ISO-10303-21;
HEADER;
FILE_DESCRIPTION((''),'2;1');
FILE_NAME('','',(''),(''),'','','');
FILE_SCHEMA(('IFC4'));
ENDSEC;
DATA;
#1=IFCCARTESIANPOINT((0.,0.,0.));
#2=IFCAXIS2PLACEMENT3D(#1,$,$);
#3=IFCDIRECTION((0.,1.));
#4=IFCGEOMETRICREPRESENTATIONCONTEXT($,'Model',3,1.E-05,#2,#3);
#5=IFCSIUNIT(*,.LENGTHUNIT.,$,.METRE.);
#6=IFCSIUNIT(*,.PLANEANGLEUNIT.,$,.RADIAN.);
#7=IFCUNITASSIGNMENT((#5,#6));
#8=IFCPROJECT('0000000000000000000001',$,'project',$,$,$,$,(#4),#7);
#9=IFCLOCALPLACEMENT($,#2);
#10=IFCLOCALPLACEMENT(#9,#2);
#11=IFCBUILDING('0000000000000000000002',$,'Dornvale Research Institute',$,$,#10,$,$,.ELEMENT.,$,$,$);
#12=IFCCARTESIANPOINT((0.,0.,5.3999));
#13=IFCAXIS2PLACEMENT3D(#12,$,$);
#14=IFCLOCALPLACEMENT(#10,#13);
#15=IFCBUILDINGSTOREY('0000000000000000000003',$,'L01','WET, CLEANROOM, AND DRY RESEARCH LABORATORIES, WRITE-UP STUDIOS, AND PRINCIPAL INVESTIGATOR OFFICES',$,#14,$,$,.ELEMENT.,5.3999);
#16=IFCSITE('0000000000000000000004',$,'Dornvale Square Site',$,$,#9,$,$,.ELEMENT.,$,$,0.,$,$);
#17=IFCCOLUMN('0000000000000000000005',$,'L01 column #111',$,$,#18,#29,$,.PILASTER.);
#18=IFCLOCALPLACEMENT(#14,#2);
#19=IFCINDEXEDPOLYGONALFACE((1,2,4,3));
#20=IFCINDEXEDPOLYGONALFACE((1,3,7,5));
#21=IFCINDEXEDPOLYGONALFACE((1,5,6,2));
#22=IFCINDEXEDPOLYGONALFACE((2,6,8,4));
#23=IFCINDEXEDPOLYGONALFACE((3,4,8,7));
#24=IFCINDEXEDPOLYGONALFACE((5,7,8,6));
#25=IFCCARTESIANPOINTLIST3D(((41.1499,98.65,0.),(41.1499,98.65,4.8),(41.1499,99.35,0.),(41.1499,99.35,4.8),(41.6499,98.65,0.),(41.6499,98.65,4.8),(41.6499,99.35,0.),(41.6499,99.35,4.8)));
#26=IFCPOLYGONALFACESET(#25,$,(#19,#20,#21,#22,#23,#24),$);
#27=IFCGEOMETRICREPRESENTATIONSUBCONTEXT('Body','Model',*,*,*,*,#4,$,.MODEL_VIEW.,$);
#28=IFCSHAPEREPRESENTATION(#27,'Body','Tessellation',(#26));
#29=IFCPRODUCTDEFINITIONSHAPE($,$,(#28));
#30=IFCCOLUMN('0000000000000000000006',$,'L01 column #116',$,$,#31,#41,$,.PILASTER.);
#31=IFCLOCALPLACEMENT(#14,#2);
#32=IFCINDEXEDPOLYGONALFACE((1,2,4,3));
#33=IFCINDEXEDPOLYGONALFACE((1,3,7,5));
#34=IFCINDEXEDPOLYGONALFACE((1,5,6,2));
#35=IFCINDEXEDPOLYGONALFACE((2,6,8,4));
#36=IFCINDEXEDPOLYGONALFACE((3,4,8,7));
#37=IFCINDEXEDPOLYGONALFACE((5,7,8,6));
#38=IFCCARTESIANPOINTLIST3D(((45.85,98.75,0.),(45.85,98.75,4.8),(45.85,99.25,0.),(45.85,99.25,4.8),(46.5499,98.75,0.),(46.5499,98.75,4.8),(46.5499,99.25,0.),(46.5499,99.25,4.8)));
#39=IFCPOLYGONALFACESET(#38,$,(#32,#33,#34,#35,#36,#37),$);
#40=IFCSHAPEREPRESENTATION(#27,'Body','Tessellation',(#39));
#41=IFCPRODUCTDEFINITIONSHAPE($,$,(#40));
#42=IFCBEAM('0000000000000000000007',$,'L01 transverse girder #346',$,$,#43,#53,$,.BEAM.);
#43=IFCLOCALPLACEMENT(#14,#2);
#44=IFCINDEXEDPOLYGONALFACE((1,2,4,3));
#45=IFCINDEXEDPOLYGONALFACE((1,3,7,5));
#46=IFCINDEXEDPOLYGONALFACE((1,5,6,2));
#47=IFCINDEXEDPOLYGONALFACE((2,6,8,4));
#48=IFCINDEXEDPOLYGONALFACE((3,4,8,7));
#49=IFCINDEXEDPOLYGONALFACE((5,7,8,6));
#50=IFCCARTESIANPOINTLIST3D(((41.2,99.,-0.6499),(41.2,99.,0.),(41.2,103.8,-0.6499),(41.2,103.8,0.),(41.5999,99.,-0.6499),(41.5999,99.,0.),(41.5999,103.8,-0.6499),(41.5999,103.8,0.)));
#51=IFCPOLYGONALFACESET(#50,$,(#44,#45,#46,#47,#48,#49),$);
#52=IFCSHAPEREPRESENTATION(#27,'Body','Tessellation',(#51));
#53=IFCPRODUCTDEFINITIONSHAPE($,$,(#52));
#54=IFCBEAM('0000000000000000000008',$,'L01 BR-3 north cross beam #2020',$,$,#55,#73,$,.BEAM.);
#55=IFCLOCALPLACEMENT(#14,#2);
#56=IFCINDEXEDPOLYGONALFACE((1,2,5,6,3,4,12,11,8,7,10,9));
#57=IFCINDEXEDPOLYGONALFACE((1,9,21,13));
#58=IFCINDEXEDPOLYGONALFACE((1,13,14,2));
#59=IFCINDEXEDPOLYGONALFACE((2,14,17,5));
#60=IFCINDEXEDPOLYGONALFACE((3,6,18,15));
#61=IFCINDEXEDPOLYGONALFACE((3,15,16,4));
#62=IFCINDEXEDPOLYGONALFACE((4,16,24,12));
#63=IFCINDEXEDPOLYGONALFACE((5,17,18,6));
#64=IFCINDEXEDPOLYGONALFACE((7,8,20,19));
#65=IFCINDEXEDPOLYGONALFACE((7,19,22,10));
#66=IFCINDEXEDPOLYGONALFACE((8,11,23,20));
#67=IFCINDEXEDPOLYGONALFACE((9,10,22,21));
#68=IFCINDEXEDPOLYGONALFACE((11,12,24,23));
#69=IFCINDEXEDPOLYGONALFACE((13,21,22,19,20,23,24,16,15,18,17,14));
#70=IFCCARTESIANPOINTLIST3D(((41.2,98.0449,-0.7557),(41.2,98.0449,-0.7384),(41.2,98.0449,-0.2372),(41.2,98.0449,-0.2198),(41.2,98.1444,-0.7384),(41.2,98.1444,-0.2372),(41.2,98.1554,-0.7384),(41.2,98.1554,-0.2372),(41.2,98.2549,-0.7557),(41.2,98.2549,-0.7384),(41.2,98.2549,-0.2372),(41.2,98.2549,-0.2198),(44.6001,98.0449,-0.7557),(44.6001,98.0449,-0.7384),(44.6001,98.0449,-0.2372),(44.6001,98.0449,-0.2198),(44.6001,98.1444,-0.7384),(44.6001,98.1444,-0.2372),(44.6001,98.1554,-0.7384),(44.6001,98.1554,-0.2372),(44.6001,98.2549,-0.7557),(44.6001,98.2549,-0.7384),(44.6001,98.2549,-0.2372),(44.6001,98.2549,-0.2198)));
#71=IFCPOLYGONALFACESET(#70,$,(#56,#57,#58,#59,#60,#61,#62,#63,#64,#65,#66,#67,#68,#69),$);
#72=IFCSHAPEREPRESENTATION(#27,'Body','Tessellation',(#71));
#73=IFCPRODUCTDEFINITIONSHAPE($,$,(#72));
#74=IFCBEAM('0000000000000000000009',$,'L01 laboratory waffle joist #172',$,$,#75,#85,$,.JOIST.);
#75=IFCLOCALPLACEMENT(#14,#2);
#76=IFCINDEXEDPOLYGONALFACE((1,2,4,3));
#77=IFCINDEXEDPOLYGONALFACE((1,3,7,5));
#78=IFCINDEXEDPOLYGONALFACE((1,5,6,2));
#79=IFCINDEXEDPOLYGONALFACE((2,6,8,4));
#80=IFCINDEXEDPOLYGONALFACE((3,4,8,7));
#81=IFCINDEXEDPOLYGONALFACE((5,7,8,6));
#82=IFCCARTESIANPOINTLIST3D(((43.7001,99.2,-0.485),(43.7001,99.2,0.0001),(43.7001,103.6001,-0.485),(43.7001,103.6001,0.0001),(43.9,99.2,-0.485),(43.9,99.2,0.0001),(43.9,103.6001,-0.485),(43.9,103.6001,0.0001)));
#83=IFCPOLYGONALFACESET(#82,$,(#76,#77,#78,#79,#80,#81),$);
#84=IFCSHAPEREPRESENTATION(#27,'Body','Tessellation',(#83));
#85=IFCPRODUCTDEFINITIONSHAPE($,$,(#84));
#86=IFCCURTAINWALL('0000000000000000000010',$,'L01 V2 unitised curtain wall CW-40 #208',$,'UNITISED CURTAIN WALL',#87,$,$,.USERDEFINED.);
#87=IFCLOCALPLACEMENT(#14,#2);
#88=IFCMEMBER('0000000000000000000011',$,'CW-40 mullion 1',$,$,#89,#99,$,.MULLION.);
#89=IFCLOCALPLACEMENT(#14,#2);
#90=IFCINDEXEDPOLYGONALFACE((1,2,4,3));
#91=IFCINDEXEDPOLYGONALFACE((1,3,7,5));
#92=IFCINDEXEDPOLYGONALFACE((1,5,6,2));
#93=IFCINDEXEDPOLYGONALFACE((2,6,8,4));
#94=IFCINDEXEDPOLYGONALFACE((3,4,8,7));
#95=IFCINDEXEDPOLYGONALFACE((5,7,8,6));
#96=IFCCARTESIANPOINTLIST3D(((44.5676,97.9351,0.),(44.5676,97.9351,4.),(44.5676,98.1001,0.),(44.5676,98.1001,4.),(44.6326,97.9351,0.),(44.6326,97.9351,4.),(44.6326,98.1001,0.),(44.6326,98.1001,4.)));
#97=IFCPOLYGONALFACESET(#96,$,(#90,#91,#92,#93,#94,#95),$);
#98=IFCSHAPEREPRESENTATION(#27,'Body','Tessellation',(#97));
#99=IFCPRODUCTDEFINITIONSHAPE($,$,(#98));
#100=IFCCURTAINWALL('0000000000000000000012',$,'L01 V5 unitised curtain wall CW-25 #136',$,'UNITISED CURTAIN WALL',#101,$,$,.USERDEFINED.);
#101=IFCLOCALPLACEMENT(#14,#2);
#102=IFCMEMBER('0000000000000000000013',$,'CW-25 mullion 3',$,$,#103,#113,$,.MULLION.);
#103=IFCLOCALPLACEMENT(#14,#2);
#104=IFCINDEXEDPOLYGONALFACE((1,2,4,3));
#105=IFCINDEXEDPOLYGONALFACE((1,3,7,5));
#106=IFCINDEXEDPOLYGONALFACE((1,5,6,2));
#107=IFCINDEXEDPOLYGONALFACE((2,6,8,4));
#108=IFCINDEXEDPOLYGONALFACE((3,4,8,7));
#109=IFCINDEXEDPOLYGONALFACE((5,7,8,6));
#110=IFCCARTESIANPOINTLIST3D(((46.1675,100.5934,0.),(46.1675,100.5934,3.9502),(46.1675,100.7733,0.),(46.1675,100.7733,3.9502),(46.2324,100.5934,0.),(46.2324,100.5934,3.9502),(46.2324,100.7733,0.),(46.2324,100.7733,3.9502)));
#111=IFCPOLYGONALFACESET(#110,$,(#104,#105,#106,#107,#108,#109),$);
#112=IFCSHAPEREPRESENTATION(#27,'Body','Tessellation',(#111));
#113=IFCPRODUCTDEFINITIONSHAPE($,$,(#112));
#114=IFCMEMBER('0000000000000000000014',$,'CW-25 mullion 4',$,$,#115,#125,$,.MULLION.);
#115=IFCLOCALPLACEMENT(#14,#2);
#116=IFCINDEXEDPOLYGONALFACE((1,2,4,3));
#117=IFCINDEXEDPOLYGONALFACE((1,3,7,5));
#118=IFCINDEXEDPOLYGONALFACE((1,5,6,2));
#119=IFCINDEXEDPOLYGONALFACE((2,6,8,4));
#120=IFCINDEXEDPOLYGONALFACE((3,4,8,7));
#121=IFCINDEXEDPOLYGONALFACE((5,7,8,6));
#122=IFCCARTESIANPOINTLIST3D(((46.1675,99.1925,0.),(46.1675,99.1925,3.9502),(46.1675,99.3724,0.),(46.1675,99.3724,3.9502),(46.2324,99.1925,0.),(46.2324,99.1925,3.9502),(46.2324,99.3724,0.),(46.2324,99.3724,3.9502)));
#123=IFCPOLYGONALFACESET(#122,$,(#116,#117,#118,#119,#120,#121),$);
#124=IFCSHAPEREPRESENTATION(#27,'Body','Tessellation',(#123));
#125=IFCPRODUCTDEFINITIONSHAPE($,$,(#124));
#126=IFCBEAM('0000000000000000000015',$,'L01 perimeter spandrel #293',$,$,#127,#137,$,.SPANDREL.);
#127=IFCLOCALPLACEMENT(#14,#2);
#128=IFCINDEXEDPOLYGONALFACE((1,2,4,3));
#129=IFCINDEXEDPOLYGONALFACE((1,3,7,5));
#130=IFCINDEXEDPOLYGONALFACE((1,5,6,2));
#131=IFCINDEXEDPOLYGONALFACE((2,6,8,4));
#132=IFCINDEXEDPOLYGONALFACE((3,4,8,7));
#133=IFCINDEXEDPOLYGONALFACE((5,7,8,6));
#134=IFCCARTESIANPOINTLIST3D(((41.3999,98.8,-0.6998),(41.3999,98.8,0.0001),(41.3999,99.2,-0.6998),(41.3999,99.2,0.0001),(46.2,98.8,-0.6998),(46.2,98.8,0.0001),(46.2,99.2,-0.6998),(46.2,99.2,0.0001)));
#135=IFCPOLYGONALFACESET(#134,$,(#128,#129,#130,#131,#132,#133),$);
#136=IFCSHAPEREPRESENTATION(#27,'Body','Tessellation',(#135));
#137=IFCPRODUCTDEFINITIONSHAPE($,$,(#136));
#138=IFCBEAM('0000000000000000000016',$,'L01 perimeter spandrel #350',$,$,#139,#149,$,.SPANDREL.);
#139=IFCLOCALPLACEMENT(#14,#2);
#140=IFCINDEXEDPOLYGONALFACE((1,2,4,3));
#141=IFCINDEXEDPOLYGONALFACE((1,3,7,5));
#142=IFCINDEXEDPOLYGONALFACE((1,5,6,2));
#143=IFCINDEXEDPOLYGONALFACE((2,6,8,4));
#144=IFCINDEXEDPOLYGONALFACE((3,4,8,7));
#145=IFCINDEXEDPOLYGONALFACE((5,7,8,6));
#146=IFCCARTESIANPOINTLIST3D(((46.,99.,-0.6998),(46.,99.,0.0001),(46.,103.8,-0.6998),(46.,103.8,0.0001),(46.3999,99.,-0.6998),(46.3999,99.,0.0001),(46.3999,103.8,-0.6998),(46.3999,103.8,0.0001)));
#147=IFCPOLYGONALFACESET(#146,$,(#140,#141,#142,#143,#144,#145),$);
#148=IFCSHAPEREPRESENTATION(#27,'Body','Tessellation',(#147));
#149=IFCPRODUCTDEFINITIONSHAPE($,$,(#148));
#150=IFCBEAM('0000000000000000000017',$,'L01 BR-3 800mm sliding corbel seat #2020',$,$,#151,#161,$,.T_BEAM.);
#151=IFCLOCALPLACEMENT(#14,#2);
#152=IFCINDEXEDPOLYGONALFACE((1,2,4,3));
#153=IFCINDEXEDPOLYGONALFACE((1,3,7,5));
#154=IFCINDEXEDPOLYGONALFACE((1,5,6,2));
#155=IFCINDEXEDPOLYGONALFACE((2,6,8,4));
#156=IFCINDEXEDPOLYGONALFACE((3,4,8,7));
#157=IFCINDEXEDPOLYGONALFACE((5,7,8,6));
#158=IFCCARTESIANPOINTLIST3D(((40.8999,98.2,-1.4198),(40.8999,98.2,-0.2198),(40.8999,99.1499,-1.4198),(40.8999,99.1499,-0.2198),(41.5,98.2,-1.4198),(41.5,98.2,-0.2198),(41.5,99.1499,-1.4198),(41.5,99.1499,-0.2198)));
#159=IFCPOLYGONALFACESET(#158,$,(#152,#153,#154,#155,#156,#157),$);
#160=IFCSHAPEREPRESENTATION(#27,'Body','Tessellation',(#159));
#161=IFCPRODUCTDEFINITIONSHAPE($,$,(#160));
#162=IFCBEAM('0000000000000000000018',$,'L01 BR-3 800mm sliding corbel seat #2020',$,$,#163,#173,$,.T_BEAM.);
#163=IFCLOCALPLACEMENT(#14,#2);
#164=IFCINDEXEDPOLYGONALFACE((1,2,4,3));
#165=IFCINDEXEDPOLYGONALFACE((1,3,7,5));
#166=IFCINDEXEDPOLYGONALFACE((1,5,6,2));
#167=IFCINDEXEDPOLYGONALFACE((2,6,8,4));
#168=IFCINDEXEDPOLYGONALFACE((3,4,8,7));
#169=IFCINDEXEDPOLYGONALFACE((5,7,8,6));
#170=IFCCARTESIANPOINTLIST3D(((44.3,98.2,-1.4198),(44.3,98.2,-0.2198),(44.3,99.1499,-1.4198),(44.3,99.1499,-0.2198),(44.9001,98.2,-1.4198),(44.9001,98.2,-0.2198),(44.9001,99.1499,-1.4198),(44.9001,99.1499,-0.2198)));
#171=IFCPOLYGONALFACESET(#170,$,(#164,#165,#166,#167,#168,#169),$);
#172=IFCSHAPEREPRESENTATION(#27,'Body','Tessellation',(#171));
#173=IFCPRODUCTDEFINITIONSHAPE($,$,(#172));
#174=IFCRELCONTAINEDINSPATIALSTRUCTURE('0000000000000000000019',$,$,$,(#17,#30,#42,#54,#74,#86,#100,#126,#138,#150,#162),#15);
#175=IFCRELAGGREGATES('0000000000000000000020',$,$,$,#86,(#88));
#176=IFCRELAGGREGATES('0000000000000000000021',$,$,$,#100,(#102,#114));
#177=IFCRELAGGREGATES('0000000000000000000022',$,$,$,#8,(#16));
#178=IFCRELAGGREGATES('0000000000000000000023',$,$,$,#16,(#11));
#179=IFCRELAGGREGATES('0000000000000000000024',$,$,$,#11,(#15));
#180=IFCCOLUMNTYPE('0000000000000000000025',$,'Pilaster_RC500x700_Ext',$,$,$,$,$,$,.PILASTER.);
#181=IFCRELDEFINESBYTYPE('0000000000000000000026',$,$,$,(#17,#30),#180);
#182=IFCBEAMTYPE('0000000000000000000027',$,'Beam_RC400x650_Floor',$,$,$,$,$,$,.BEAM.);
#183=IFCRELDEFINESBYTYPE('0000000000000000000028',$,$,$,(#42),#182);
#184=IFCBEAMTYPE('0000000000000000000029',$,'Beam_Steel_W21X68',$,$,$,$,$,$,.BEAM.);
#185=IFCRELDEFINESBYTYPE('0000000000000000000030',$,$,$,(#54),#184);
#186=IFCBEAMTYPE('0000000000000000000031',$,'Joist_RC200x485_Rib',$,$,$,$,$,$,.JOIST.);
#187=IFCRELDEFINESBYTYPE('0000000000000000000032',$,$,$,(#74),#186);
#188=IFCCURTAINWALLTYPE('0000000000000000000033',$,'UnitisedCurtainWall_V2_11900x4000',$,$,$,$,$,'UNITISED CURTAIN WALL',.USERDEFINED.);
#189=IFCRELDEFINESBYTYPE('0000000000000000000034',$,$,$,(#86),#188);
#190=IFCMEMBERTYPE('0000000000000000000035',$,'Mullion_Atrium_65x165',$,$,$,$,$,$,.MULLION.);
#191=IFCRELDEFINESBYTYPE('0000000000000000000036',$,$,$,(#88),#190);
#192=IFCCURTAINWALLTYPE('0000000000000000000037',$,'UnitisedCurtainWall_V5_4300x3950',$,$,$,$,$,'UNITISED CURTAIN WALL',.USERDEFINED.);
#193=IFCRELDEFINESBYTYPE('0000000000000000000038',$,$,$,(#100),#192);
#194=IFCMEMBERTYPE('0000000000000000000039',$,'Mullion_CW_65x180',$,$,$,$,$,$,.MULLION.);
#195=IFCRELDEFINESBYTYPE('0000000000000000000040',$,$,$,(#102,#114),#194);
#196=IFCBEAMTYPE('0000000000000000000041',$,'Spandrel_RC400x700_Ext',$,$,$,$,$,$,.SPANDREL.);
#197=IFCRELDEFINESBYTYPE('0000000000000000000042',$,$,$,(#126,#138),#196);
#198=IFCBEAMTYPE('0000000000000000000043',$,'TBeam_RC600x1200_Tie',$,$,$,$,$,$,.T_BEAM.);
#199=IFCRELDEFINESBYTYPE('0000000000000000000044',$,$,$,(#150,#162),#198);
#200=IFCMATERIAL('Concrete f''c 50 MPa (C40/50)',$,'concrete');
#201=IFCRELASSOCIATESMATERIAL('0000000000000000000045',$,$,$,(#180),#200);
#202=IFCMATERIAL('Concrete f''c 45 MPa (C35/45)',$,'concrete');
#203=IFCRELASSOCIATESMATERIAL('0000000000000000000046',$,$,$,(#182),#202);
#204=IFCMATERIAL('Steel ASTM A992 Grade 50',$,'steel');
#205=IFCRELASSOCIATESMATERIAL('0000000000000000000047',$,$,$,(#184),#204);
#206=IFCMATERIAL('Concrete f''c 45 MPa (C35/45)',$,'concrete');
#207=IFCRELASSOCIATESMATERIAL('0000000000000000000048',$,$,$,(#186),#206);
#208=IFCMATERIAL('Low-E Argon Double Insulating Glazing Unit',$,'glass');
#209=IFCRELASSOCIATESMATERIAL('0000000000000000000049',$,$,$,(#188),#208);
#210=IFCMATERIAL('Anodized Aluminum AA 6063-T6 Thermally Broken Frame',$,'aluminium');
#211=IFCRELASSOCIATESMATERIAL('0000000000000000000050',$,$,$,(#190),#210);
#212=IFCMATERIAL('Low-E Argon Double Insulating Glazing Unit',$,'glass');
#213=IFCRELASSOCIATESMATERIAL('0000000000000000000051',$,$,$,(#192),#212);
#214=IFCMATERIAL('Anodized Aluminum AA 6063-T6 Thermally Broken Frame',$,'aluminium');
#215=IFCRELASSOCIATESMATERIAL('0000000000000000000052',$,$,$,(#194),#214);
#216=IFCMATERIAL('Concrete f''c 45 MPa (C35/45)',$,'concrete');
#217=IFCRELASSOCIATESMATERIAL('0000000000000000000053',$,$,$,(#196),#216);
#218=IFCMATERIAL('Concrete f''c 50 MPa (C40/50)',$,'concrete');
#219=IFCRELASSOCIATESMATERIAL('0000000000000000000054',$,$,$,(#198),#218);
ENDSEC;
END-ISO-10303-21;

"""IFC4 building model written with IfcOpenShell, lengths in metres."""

from ifc_helpers import new_model, si_unit, direction, frame, origin, origin_2d, place, context, subcontext, project, spatial, rectangle, i_section, extrude, material, material_profile, profile_set, type_object, element, aggregate, save


model = new_model("IFC4")

# Units and contexts
model_context = context("Model", 3, precision=1e-05, world=origin(), true_north=direction((0.0, 1.0)))
body_context = subcontext(model_context, "Body", "Model", "MODEL_VIEW")
ifc_project = project(units=[si_unit("LENGTHUNIT", "METRE"), si_unit("PLANEANGLEUNIT", "RADIAN")], contexts=[model_context])

# Site, building, storey
site_placement = place(None, origin())
site = spatial("IfcSite", under=ifc_project, at=site_placement, Name="Dornvale Square Site", CompositionType="ELEMENT", RefElevation=0.0)
building_placement = place(site_placement, origin())
building = spatial("IfcBuilding", under=site, at=building_placement, Name="Dornvale Research Institute", CompositionType="ELEMENT")
storey_placement = place(building_placement, frame((0.0, 0.0, 5.3999)))
storey = spatial("IfcBuildingStorey", under=building, at=storey_placement, Name="L01", Description="WET, CLEANROOM, AND DRY RESEARCH LABORATORIES, WRITE-UP STUDIOS, AND PRINCIPAL INVESTIGATOR OFFICES", CompositionType="ELEMENT", Elevation=5.3999)

# Columns
ifc_material_1 = material(Name="Concrete f'c 50 MPa (C40/50)", Category="concrete")
ifc_material_profile_1 = material_profile(ifc_material_1, rectangle(XDim=0.5, YDim=0.7, at=origin_2d()), Name="RC 500x700")
ifc_profile_set_1 = profile_set([ifc_material_profile_1], Name="Concrete f'c 50 MPa (C40/50)")
column_type = type_object("IfcColumnType", Name="Pilaster_RC500x700_Ext", PredefinedType="PILASTER", material=ifc_profile_set_1)
for number, where, z_axis, x_axis, name in (
    (1, (41.3999, 99.0, 0.0), (0.0, 0.0, 1.0), (1.0, 0.0, 0.0), "L01 column #111"),
    (2, (46.2, 99.0, 0.0), (0.0, 0.0, 1.0), (0.0, 1.0, 0.0), "L01 column #116"),
):
    element("IfcColumn", number, at=place(storey_placement, frame(where, z_axis=z_axis, x_axis=x_axis)), inside=storey, type_object=column_type, Name=name, PredefinedType="PILASTER", context=body_context, shape_type="SweptSolid", body=[
        extrude(rectangle(XDim=0.5, YDim=0.7, at=origin_2d()), origin(), (0.0, 0.0, 1.0), 4.8),
    ])

# Beams
ifc_material_2 = material(Name="Concrete f'c 45 MPa (C35/45)", Category="concrete")
ifc_material_profile_2 = material_profile(ifc_material_2, rectangle(XDim=0.3999, YDim=0.6499, at=origin_2d()), Name="RC 400x650")
ifc_profile_set_2 = profile_set([ifc_material_profile_2], Name="Concrete f'c 45 MPa (C35/45)")
beam_type_1 = type_object("IfcBeamType", Name="Beam_RC400x650_Floor", PredefinedType="BEAM", material=ifc_profile_set_2)
beam_1_placement = place(storey_placement, frame((41.3999, 99.0, -0.325), z_axis=(0.0, 1.0, 0.0), x_axis=(-1.0, 0.0, 0.0)))
element("IfcBeam", 3, at=beam_1_placement, inside=storey, type_object=beam_type_1, Name="L01 transverse girder #346", PredefinedType="BEAM", context=body_context, shape_type="SweptSolid", body=[
    extrude(rectangle(XDim=0.3999, YDim=0.6499, at=origin_2d()), origin(), (0.0, 0.0, 1.0), 4.8),
])
ifc_material_3 = material(Name="Steel ASTM A992 Grade 50", Category="steel")
ifc_material_profile_3 = material_profile(ifc_material_3, i_section(OverallWidth=0.21, OverallDepth=0.5359, WebThickness=0.011, FlangeThickness=0.0173, at=origin_2d()), Name="W21X68")
ifc_profile_set_3 = profile_set([ifc_material_profile_3], Name="Steel ASTM A992 Grade 50")
beam_type_2 = type_object("IfcBeamType", Name="Beam_Steel_W21X68", PredefinedType="BEAM", material=ifc_profile_set_3)
beam_2_placement = place(storey_placement, frame((41.2, 98.1499, -0.4878), z_axis=(1.0, 0.0, 0.0), x_axis=(0.0, 1.0, 0.0)))
element("IfcBeam", 4, at=beam_2_placement, inside=storey, type_object=beam_type_2, Name="L01 BR-3 north cross beam #2020", PredefinedType="BEAM", context=body_context, shape_type="SweptSolid", body=[
    extrude(i_section(OverallWidth=0.21, OverallDepth=0.5359, WebThickness=0.011, FlangeThickness=0.0173, at=origin_2d()), origin(), (0.0, 0.0, 1.0), 3.4001),
])
ifc_material_4 = material(Name="Concrete f'c 45 MPa (C35/45)", Category="concrete")
ifc_material_profile_4 = material_profile(ifc_material_4, rectangle(XDim=0.2, YDim=0.4851, at=origin_2d()), Name="RC 200x485")
ifc_profile_set_4 = profile_set([ifc_material_profile_4], Name="Concrete f'c 45 MPa (C35/45)")
beam_type_3 = type_object("IfcBeamType", Name="Joist_RC200x485_Rib", PredefinedType="JOIST", material=ifc_profile_set_4)
beam_3_placement = place(storey_placement, frame((43.8, 99.2, -0.2424), z_axis=(0.0, 1.0, 0.0), x_axis=(-1.0, 0.0, 0.0)))
element("IfcBeam", 5, at=beam_3_placement, inside=storey, type_object=beam_type_3, Name="L01 laboratory waffle joist #172", PredefinedType="JOIST", context=body_context, shape_type="SweptSolid", body=[
    extrude(rectangle(XDim=0.2, YDim=0.4851, at=origin_2d()), origin(), (0.0, 0.0, 1.0), 4.4001),
])

# Curtain wall, member
ifc_material_5 = material(Name="Low-E Argon Double Insulating Glazing Unit", Category="glass")
curtain_wall_type_1 = type_object("IfcCurtainWallType", Name="UnitisedCurtainWall_V2_11900x4000", ElementType="UNITISED CURTAIN WALL", PredefinedType="USERDEFINED", material=ifc_material_5)
curtain_wall_1_placement = place(storey_placement, origin())
curtain_wall_1 = element("IfcCurtainWall", 6, at=curtain_wall_1_placement, inside=storey, type_object=curtain_wall_type_1, Name="L01 V2 unitised curtain wall CW-40 #208", ObjectType="UNITISED CURTAIN WALL", PredefinedType="USERDEFINED")
ifc_material_6 = material(Name="Anodized Aluminum AA 6063-T6 Thermally Broken Frame", Category="aluminium")
ifc_material_profile_5 = material_profile(ifc_material_6, rectangle(XDim=0.0649, YDim=0.165, at=origin_2d()), Name="ALU MULLION 65x165")
ifc_profile_set_5 = profile_set([ifc_material_profile_5], Name="Anodized Aluminum AA 6063-T6 Thermally Broken Frame")
member_type_1 = type_object("IfcMemberType", Name="Mullion_Atrium_65x165", PredefinedType="MULLION", material=ifc_profile_set_5)
member_1_placement = place(storey_placement, frame((44.6001, 98.0176, 0.0), z_axis=(0.0, 0.0, 1.0), x_axis=(1.0, 0.0, 0.0)))
member_1 = element("IfcMember", 7, at=member_1_placement, type_object=member_type_1, Name="CW-40 mullion 1", PredefinedType="MULLION", context=body_context, shape_type="SweptSolid", body=[
    extrude(rectangle(XDim=0.0649, YDim=0.165, at=origin_2d()), origin(), (0.0, 0.0, 1.0), 4.0),
])
aggregate(curtain_wall_1, [member_1])

# Curtain wall, members
ifc_material_7 = material(Name="Low-E Argon Double Insulating Glazing Unit", Category="glass")
curtain_wall_type_2 = type_object("IfcCurtainWallType", Name="UnitisedCurtainWall_V5_4300x3950", ElementType="UNITISED CURTAIN WALL", PredefinedType="USERDEFINED", material=ifc_material_7)
curtain_wall_2_placement = place(storey_placement, origin())
curtain_wall_2 = element("IfcCurtainWall", 8, at=curtain_wall_2_placement, inside=storey, type_object=curtain_wall_type_2, Name="L01 V5 unitised curtain wall CW-25 #136", ObjectType="UNITISED CURTAIN WALL", PredefinedType="USERDEFINED")
ifc_material_8 = material(Name="Anodized Aluminum AA 6063-T6 Thermally Broken Frame", Category="aluminium")
ifc_material_profile_6 = material_profile(ifc_material_8, rectangle(XDim=0.0649, YDim=0.1799, at=origin_2d()), Name="ALU MULLION 65x180")
ifc_profile_set_6 = profile_set([ifc_material_profile_6], Name="Anodized Aluminum AA 6063-T6 Thermally Broken Frame")
member_type_2 = type_object("IfcMemberType", Name="Mullion_CW_65x180", PredefinedType="MULLION", material=ifc_profile_set_6)
member_2_placement = place(storey_placement, frame((46.2, 100.6833, 0.0), z_axis=(0.0, 0.0, 1.0), x_axis=(1.0, 0.0, 0.0)))
member_2 = element("IfcMember", 9, at=member_2_placement, type_object=member_type_2, Name="CW-25 mullion 3", PredefinedType="MULLION", context=body_context, shape_type="SweptSolid", body=[
    extrude(rectangle(XDim=0.0649, YDim=0.1799, at=origin_2d()), origin(), (0.0, 0.0, 1.0), 3.9502),
])
member_3_placement = place(storey_placement, frame((46.2, 99.2825, 0.0), z_axis=(0.0, 0.0, 1.0), x_axis=(1.0, 0.0, 0.0)))
member_3 = element("IfcMember", 10, at=member_3_placement, type_object=member_type_2, Name="CW-25 mullion 4", PredefinedType="MULLION", context=body_context, shape_type="SweptSolid", body=[
    extrude(rectangle(XDim=0.0649, YDim=0.1799, at=origin_2d()), origin(), (0.0, 0.0, 1.0), 3.9502),
])

# Beams
ifc_material_9 = material(Name="Concrete f'c 45 MPa (C35/45)", Category="concrete")
ifc_material_profile_7 = material_profile(ifc_material_9, rectangle(XDim=0.3999, YDim=0.7, at=origin_2d()), Name="RC 400x700")
ifc_profile_set_7 = profile_set([ifc_material_profile_7], Name="Concrete f'c 45 MPa (C35/45)")
beam_type_4 = type_object("IfcBeamType", Name="Spandrel_RC400x700_Ext", PredefinedType="SPANDREL", material=ifc_profile_set_7)
for number, where, z_axis, x_axis, name in (
    (11, (41.3999, 99.0, -0.3499), (1.0, 0.0, 0.0), (0.0, 1.0, 0.0), "L01 perimeter spandrel #293"),
    (12, (46.2, 99.0, -0.3499), (0.0, 1.0, 0.0), (-1.0, 0.0, 0.0), "L01 perimeter spandrel #350"),
):
    element("IfcBeam", number, at=place(storey_placement, frame(where, z_axis=z_axis, x_axis=x_axis)), inside=storey, type_object=beam_type_4, Name=name, PredefinedType="SPANDREL", context=body_context, shape_type="SweptSolid", body=[
        extrude(rectangle(XDim=0.3999, YDim=0.7, at=origin_2d()), origin(), (0.0, 0.0, 1.0), 4.8),
    ])
ifc_material_10 = material(Name="Concrete f'c 50 MPa (C40/50)", Category="concrete")
ifc_material_profile_8 = material_profile(ifc_material_10, rectangle(XDim=0.6001, YDim=1.2, at=origin_2d()), Name="RC 600x1200")
ifc_profile_set_8 = profile_set([ifc_material_profile_8], Name="Concrete f'c 50 MPa (C40/50)")
beam_type_5 = type_object("IfcBeamType", Name="TBeam_RC600x1200_Tie", PredefinedType="T_BEAM", material=ifc_profile_set_8)
for number, where, z_axis, x_axis, name in (
    (13, (41.2, 98.2, -0.8198), (0.0, 1.0, 0.0), (-1.0, 0.0, 0.0), "L01 BR-3 800mm sliding corbel seat #2020"),
    (14, (44.6001, 98.2, -0.8198), (0.0, 1.0, 0.0), (-1.0, 0.0, 0.0), "L01 BR-3 800mm sliding corbel seat #2020"),
):
    element("IfcBeam", number, at=place(storey_placement, frame(where, z_axis=z_axis, x_axis=x_axis)), inside=storey, type_object=beam_type_5, Name=name, PredefinedType="T_BEAM", context=body_context, shape_type="SweptSolid", body=[
        extrude(rectangle(XDim=0.6001, YDim=1.2, at=origin_2d()), origin(), (0.0, 0.0, 1.0), 0.95),
    ])

aggregate(curtain_wall_2, [member_2, member_3])

save(model, "model.ifc")
